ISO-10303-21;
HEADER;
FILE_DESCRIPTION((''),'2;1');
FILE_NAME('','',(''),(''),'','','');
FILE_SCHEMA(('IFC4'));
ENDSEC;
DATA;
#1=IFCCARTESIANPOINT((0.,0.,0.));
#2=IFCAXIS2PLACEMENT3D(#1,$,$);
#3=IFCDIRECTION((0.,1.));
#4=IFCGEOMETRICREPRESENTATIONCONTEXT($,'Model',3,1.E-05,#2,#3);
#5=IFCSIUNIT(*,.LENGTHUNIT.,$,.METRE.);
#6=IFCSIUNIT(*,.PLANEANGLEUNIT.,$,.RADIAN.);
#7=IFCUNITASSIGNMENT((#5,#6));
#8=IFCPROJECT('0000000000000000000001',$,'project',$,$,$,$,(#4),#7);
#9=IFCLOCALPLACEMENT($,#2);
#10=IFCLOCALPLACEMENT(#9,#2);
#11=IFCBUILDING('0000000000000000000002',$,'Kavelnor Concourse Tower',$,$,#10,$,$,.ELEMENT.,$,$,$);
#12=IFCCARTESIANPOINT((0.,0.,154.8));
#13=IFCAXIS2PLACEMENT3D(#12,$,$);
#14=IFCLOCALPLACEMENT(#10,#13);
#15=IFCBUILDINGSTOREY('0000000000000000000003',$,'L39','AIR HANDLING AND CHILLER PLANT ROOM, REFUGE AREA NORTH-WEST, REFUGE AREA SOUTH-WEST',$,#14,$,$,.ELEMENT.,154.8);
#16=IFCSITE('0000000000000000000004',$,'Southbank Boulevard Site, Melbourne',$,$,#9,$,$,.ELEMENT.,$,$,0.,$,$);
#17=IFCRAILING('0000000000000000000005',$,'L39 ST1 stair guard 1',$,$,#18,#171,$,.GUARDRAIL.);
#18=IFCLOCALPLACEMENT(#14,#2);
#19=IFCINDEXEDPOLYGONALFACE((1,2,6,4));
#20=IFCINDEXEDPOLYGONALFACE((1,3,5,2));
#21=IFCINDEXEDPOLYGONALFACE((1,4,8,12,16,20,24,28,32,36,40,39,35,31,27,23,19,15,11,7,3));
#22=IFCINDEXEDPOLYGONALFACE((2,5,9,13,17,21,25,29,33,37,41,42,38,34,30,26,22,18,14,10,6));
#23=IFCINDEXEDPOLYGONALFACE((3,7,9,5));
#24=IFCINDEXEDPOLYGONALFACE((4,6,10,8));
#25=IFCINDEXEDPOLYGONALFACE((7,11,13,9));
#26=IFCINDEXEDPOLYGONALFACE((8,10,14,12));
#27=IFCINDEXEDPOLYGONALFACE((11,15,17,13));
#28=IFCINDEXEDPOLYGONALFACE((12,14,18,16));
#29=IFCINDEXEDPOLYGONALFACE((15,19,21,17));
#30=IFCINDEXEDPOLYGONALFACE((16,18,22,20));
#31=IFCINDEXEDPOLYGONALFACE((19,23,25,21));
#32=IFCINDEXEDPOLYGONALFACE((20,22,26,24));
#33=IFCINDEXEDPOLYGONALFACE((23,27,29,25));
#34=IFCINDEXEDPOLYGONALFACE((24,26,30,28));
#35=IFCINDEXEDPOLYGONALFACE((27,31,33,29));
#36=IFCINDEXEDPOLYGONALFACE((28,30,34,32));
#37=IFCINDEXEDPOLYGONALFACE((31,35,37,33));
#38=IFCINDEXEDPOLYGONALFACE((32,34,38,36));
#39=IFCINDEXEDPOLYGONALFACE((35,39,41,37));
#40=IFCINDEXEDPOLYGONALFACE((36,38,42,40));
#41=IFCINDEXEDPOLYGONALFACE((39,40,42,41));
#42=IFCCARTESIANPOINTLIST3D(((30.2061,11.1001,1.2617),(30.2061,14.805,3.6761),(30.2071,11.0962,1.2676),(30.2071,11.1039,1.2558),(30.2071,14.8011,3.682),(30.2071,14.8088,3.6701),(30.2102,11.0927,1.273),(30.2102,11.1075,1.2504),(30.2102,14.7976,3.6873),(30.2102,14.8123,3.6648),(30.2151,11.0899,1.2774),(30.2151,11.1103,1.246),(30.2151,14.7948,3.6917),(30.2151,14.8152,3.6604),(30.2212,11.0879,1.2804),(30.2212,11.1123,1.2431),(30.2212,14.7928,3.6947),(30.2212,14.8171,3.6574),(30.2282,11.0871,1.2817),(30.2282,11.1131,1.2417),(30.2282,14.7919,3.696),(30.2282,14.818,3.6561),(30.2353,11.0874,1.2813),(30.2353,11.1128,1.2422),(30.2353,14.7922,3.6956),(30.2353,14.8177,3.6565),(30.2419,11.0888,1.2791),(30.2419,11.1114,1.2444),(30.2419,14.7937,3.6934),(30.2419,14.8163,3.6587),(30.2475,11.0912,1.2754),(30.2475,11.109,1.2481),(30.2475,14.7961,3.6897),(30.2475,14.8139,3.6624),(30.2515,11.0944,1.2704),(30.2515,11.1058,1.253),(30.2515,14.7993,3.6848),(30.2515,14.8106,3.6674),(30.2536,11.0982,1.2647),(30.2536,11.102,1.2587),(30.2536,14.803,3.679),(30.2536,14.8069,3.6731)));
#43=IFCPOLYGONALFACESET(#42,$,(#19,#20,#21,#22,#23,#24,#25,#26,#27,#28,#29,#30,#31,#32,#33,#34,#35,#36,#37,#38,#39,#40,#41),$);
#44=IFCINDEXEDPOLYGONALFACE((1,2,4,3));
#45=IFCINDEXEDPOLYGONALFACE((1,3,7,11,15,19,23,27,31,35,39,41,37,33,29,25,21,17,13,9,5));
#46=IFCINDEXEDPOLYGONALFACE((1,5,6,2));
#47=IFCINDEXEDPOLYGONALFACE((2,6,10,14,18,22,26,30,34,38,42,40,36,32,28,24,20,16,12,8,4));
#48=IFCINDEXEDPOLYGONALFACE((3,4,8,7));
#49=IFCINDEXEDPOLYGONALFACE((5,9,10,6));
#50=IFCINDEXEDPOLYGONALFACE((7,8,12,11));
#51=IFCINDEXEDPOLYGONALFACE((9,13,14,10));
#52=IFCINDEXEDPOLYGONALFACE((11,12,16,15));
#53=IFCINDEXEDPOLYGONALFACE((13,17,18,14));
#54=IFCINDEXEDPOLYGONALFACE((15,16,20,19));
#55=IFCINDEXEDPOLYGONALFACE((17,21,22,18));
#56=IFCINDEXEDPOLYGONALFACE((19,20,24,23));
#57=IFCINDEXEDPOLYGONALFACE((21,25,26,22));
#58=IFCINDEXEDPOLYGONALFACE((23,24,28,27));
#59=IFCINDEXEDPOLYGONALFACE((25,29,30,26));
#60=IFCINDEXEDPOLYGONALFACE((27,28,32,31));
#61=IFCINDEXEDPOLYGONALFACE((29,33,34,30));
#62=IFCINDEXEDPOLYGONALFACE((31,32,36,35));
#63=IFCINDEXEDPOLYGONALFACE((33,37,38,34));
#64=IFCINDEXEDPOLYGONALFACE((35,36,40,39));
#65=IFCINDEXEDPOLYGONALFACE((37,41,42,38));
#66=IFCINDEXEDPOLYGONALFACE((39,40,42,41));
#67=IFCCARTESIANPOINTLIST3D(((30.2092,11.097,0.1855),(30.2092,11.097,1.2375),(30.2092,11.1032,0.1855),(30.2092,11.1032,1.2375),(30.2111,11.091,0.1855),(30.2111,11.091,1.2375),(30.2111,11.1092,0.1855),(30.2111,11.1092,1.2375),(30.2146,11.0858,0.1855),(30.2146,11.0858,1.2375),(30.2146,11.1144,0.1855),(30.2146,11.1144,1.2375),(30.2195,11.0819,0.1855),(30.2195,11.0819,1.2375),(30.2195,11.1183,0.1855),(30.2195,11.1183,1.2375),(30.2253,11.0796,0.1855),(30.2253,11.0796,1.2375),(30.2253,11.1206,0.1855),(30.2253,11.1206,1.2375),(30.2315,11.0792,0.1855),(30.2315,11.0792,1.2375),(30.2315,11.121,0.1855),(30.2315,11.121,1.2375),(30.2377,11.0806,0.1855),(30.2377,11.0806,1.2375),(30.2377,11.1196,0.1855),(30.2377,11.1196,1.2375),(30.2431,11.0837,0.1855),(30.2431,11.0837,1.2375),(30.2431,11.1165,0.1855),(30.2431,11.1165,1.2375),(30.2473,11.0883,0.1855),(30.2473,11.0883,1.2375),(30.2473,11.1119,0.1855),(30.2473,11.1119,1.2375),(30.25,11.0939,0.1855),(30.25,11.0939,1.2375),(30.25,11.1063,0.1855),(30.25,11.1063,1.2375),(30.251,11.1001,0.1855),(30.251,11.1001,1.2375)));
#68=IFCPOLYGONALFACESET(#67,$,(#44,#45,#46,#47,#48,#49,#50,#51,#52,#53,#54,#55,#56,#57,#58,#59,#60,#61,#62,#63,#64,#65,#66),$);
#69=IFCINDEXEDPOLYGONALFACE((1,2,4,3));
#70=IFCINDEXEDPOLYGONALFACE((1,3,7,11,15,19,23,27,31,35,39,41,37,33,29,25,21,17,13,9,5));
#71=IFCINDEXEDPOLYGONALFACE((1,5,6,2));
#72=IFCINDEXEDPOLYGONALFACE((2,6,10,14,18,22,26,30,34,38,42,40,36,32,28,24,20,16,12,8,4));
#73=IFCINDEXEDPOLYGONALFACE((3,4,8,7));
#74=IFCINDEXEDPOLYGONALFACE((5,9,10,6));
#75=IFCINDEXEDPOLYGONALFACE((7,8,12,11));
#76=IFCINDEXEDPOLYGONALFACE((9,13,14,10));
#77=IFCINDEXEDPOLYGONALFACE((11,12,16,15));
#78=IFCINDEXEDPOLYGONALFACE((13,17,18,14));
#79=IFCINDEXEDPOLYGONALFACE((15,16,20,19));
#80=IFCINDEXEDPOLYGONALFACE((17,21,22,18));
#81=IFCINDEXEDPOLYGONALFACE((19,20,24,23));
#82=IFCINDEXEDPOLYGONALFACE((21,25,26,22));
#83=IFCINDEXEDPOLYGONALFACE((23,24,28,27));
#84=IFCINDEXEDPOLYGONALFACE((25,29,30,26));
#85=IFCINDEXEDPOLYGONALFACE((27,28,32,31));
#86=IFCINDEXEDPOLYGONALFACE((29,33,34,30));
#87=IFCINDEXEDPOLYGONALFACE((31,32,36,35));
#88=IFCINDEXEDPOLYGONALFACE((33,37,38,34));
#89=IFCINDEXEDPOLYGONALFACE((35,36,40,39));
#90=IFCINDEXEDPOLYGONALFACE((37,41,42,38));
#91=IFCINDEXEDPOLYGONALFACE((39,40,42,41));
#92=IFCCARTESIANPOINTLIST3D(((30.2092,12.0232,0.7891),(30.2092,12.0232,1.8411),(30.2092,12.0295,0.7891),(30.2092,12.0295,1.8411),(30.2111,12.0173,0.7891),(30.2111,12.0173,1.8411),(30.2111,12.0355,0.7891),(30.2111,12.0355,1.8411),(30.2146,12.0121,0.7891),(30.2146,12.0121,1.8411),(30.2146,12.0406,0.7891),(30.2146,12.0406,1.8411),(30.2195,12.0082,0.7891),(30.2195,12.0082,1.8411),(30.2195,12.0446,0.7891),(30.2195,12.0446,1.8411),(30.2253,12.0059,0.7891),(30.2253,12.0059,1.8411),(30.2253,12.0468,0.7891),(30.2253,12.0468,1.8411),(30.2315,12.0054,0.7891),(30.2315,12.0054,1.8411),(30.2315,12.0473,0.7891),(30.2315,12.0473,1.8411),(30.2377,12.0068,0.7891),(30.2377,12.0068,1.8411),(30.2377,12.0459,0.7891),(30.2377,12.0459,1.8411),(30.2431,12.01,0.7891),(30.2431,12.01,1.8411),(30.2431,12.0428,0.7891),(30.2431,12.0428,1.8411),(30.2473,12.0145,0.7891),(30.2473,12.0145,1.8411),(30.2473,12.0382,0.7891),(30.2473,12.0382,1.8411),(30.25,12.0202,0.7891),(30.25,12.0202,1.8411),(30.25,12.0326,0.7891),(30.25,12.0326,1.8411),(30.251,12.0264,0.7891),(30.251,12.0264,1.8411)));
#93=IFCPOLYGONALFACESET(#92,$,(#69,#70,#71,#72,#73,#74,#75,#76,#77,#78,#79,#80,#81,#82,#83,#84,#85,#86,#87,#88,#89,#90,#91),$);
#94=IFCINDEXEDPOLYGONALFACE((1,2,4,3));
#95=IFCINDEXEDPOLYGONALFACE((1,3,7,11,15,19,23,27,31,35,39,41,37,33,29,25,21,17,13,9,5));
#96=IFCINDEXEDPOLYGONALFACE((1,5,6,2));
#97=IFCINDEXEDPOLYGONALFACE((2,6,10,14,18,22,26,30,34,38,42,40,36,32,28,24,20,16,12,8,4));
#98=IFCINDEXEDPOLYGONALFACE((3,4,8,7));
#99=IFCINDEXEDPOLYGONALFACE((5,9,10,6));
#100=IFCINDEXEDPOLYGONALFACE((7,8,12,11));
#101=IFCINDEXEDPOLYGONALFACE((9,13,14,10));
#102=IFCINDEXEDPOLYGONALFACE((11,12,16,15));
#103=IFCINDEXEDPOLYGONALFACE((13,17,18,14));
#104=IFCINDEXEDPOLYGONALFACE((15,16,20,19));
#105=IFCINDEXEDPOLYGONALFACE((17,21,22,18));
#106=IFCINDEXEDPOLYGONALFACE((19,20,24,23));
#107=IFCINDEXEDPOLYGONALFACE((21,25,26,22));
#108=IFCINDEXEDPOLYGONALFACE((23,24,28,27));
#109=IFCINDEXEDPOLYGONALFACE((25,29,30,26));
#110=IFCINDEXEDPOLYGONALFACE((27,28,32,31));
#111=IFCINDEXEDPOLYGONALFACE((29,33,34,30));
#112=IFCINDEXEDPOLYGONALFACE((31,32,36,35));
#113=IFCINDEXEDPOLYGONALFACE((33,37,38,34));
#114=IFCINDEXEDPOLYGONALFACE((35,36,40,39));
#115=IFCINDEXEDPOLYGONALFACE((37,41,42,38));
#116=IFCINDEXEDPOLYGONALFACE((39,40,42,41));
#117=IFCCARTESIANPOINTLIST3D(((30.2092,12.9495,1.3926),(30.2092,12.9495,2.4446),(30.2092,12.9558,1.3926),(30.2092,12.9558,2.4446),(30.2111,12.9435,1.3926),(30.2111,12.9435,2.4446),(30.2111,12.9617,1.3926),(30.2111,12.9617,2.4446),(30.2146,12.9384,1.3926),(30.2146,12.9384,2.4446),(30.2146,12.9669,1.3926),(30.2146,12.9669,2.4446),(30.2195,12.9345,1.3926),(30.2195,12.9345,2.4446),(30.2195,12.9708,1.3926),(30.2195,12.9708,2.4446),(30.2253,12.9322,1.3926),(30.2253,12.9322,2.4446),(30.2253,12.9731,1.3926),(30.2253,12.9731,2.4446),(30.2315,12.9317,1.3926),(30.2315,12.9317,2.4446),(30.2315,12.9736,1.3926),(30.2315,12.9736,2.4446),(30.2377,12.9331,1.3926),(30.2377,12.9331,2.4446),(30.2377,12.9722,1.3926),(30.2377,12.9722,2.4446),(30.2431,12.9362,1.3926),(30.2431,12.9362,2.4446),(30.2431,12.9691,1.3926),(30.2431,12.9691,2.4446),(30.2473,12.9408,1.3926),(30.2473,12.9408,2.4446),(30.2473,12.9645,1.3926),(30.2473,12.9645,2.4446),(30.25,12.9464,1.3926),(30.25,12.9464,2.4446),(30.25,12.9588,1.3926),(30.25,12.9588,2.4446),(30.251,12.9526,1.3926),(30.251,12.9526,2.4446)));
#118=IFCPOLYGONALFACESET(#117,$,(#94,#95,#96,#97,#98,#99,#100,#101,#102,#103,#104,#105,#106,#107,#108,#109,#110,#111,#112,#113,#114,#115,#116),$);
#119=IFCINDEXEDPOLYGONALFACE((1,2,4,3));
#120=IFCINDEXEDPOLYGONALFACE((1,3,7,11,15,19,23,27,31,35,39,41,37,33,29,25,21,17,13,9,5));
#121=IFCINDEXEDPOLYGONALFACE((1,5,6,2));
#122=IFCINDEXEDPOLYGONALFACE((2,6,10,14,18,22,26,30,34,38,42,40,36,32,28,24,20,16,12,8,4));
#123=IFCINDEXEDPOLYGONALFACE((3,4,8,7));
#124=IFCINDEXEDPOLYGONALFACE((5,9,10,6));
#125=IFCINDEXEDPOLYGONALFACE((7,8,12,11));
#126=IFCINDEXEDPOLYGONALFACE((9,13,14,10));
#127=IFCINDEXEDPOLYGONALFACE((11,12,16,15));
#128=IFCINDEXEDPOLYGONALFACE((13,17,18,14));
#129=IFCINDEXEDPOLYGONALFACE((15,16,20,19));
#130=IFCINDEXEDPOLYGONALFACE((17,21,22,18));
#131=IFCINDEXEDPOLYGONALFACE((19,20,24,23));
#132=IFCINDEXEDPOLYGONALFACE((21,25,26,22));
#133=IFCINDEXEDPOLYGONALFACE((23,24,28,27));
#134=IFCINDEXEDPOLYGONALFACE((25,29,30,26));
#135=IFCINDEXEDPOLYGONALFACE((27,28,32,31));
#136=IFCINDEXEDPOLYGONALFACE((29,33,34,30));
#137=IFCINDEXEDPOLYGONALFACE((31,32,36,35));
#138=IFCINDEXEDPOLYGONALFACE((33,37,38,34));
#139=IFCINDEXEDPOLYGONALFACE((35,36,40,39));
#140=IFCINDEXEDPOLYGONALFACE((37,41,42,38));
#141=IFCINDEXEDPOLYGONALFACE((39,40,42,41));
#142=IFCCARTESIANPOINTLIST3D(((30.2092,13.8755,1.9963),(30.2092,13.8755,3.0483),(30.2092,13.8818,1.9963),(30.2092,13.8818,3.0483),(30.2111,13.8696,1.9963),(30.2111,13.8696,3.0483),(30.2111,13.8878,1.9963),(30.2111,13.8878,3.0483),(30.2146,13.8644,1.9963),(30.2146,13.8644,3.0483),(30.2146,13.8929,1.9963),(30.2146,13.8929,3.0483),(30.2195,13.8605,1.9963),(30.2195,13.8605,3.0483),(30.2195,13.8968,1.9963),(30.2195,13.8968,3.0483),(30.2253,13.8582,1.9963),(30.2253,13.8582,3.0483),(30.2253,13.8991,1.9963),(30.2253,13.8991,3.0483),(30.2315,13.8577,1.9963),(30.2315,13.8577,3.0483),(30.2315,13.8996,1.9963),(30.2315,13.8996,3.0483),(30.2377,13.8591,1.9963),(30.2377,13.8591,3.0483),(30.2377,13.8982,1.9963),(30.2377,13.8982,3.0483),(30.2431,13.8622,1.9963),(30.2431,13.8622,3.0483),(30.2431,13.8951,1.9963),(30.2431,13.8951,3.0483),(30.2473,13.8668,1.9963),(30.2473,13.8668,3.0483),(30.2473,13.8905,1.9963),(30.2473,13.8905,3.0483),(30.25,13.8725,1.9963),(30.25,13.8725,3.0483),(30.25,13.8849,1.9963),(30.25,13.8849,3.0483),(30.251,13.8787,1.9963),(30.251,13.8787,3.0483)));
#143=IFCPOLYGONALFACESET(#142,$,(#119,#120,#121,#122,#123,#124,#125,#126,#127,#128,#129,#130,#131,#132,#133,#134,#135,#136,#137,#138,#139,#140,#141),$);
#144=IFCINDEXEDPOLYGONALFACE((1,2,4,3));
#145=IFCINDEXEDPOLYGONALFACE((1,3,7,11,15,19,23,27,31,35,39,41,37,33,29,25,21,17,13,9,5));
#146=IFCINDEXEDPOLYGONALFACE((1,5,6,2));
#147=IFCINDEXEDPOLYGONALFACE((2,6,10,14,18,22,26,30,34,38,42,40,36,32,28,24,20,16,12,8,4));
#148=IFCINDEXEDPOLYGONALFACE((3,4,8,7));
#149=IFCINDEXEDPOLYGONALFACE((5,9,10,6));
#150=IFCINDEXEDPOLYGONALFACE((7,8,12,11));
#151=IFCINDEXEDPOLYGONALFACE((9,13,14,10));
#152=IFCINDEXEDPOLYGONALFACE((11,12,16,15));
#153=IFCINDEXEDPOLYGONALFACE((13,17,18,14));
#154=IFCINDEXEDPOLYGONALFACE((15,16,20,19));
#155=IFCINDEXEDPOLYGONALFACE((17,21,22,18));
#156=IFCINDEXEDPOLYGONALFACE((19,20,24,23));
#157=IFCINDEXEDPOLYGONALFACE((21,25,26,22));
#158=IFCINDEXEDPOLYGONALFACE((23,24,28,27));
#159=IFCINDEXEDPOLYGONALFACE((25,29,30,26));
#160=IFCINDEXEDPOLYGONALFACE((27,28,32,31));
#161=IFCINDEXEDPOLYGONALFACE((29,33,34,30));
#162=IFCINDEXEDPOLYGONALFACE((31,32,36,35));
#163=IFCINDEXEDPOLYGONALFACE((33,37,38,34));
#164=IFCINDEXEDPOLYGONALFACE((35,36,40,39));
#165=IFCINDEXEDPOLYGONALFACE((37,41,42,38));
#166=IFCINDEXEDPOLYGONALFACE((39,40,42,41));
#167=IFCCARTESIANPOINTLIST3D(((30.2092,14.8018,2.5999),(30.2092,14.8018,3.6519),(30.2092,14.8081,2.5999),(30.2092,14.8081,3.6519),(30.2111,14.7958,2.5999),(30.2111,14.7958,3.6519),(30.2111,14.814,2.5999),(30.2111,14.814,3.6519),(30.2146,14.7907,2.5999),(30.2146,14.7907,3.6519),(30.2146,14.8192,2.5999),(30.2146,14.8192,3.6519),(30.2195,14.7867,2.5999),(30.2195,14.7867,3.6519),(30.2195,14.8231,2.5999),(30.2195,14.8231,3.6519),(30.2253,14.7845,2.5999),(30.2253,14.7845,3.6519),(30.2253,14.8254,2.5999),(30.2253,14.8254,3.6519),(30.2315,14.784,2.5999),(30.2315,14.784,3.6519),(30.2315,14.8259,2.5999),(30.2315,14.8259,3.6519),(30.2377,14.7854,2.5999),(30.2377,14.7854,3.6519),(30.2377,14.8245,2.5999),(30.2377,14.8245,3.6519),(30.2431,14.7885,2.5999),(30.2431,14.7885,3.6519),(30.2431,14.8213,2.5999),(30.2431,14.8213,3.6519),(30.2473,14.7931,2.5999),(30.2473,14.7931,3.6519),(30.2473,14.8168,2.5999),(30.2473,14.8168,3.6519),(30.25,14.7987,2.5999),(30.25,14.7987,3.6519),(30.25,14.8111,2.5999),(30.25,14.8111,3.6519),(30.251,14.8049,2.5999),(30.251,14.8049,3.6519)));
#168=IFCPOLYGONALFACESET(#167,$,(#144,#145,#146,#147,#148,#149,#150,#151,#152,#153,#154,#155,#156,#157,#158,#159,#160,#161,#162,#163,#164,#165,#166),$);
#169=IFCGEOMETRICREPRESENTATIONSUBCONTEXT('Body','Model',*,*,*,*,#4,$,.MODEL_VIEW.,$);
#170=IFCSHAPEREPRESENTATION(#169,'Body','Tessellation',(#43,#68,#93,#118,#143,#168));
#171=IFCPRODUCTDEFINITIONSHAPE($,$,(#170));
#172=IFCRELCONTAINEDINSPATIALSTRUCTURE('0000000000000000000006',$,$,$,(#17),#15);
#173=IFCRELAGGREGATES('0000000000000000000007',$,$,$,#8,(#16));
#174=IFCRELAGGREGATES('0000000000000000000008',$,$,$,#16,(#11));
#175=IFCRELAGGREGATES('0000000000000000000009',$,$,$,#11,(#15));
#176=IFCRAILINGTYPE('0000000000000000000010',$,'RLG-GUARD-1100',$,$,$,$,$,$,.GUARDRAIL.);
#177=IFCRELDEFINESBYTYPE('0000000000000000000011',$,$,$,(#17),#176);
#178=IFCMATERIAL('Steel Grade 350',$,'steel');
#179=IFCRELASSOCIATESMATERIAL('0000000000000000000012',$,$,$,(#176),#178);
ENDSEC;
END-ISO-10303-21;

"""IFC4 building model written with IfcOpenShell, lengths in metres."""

from ifc_helpers import new_model, si_unit, direction, frame, origin, origin_2d, place, context, subcontext, project, spatial, circle, extrude, material, type_object, element, save


model = new_model("IFC4")

# Units and contexts
model_context = context("Model", 3, precision=1e-05, world=origin(), true_north=direction((0.0, 1.0)))
body_context = subcontext(model_context, "Body", "Model", "MODEL_VIEW")
ifc_project = project(units=[si_unit("LENGTHUNIT", "METRE"), si_unit("PLANEANGLEUNIT", "RADIAN")], contexts=[model_context])

# Site, building, storey
site_placement = place(None, origin())
site = spatial("IfcSite", under=ifc_project, at=site_placement, Name="Southbank Boulevard Site, Melbourne", CompositionType="ELEMENT", RefElevation=0.0)
building_placement = place(site_placement, origin())
building = spatial("IfcBuilding", under=site, at=building_placement, Name="Kavelnor Concourse Tower", CompositionType="ELEMENT")
storey_placement = place(building_placement, frame((0.0, 0.0, 154.8)))
storey = spatial("IfcBuildingStorey", under=building, at=storey_placement, Name="L39", Description="AIR HANDLING AND CHILLER PLANT ROOM, REFUGE AREA NORTH-WEST, REFUGE AREA SOUTH-WEST", CompositionType="ELEMENT", Elevation=154.8)

# Shared definitions
ifc_material_1 = material(Name="Steel Grade 350", Category="steel")

# Railing
railing_type_1 = type_object("IfcRailingType", Name="RLG-GUARD-1100", PredefinedType="GUARDRAIL", material=ifc_material_1)
railing_1_placement = place(storey_placement, frame((30.23, 11.1001, 0.1855)))
element("IfcRailing", 1, at=railing_1_placement, inside=storey, type_object=railing_type_1, Name="L39 ST1 stair guard 1", PredefinedType="GUARDRAIL", context=body_context, shape_type="SweptSolid", body=[
    extrude(circle(Radius=0.0239, at=origin_2d()), frame((0.0, 0.0, 1.0762), z_axis=(0.0, 0.837806, 0.545968), x_axis=(-1.0, 0.0, 0.0)), (0.0, 0.0, 1.0), 4.4221),
    extrude(circle(Radius=0.021, at=origin_2d()), origin(), (0.0, 0.0, 1.0), 1.052),
    extrude(circle(Radius=0.021, at=origin_2d()), frame((0.0, 0.9263, 0.6035)), (0.0, 0.0, 1.0), 1.052),
    extrude(circle(Radius=0.021, at=origin_2d()), frame((0.0, 1.8525, 1.207)), (0.0, 0.0, 1.0), 1.052),
    extrude(circle(Radius=0.021, at=origin_2d()), frame((0.0, 2.7786, 1.8108)), (0.0, 0.0, 1.0), 1.052),
    extrude(circle(Radius=0.021, at=origin_2d()), frame((0.0, 3.7048, 2.4143)), (0.0, 0.0, 1.0), 1.052),
])

save(model, "model.ifc")
